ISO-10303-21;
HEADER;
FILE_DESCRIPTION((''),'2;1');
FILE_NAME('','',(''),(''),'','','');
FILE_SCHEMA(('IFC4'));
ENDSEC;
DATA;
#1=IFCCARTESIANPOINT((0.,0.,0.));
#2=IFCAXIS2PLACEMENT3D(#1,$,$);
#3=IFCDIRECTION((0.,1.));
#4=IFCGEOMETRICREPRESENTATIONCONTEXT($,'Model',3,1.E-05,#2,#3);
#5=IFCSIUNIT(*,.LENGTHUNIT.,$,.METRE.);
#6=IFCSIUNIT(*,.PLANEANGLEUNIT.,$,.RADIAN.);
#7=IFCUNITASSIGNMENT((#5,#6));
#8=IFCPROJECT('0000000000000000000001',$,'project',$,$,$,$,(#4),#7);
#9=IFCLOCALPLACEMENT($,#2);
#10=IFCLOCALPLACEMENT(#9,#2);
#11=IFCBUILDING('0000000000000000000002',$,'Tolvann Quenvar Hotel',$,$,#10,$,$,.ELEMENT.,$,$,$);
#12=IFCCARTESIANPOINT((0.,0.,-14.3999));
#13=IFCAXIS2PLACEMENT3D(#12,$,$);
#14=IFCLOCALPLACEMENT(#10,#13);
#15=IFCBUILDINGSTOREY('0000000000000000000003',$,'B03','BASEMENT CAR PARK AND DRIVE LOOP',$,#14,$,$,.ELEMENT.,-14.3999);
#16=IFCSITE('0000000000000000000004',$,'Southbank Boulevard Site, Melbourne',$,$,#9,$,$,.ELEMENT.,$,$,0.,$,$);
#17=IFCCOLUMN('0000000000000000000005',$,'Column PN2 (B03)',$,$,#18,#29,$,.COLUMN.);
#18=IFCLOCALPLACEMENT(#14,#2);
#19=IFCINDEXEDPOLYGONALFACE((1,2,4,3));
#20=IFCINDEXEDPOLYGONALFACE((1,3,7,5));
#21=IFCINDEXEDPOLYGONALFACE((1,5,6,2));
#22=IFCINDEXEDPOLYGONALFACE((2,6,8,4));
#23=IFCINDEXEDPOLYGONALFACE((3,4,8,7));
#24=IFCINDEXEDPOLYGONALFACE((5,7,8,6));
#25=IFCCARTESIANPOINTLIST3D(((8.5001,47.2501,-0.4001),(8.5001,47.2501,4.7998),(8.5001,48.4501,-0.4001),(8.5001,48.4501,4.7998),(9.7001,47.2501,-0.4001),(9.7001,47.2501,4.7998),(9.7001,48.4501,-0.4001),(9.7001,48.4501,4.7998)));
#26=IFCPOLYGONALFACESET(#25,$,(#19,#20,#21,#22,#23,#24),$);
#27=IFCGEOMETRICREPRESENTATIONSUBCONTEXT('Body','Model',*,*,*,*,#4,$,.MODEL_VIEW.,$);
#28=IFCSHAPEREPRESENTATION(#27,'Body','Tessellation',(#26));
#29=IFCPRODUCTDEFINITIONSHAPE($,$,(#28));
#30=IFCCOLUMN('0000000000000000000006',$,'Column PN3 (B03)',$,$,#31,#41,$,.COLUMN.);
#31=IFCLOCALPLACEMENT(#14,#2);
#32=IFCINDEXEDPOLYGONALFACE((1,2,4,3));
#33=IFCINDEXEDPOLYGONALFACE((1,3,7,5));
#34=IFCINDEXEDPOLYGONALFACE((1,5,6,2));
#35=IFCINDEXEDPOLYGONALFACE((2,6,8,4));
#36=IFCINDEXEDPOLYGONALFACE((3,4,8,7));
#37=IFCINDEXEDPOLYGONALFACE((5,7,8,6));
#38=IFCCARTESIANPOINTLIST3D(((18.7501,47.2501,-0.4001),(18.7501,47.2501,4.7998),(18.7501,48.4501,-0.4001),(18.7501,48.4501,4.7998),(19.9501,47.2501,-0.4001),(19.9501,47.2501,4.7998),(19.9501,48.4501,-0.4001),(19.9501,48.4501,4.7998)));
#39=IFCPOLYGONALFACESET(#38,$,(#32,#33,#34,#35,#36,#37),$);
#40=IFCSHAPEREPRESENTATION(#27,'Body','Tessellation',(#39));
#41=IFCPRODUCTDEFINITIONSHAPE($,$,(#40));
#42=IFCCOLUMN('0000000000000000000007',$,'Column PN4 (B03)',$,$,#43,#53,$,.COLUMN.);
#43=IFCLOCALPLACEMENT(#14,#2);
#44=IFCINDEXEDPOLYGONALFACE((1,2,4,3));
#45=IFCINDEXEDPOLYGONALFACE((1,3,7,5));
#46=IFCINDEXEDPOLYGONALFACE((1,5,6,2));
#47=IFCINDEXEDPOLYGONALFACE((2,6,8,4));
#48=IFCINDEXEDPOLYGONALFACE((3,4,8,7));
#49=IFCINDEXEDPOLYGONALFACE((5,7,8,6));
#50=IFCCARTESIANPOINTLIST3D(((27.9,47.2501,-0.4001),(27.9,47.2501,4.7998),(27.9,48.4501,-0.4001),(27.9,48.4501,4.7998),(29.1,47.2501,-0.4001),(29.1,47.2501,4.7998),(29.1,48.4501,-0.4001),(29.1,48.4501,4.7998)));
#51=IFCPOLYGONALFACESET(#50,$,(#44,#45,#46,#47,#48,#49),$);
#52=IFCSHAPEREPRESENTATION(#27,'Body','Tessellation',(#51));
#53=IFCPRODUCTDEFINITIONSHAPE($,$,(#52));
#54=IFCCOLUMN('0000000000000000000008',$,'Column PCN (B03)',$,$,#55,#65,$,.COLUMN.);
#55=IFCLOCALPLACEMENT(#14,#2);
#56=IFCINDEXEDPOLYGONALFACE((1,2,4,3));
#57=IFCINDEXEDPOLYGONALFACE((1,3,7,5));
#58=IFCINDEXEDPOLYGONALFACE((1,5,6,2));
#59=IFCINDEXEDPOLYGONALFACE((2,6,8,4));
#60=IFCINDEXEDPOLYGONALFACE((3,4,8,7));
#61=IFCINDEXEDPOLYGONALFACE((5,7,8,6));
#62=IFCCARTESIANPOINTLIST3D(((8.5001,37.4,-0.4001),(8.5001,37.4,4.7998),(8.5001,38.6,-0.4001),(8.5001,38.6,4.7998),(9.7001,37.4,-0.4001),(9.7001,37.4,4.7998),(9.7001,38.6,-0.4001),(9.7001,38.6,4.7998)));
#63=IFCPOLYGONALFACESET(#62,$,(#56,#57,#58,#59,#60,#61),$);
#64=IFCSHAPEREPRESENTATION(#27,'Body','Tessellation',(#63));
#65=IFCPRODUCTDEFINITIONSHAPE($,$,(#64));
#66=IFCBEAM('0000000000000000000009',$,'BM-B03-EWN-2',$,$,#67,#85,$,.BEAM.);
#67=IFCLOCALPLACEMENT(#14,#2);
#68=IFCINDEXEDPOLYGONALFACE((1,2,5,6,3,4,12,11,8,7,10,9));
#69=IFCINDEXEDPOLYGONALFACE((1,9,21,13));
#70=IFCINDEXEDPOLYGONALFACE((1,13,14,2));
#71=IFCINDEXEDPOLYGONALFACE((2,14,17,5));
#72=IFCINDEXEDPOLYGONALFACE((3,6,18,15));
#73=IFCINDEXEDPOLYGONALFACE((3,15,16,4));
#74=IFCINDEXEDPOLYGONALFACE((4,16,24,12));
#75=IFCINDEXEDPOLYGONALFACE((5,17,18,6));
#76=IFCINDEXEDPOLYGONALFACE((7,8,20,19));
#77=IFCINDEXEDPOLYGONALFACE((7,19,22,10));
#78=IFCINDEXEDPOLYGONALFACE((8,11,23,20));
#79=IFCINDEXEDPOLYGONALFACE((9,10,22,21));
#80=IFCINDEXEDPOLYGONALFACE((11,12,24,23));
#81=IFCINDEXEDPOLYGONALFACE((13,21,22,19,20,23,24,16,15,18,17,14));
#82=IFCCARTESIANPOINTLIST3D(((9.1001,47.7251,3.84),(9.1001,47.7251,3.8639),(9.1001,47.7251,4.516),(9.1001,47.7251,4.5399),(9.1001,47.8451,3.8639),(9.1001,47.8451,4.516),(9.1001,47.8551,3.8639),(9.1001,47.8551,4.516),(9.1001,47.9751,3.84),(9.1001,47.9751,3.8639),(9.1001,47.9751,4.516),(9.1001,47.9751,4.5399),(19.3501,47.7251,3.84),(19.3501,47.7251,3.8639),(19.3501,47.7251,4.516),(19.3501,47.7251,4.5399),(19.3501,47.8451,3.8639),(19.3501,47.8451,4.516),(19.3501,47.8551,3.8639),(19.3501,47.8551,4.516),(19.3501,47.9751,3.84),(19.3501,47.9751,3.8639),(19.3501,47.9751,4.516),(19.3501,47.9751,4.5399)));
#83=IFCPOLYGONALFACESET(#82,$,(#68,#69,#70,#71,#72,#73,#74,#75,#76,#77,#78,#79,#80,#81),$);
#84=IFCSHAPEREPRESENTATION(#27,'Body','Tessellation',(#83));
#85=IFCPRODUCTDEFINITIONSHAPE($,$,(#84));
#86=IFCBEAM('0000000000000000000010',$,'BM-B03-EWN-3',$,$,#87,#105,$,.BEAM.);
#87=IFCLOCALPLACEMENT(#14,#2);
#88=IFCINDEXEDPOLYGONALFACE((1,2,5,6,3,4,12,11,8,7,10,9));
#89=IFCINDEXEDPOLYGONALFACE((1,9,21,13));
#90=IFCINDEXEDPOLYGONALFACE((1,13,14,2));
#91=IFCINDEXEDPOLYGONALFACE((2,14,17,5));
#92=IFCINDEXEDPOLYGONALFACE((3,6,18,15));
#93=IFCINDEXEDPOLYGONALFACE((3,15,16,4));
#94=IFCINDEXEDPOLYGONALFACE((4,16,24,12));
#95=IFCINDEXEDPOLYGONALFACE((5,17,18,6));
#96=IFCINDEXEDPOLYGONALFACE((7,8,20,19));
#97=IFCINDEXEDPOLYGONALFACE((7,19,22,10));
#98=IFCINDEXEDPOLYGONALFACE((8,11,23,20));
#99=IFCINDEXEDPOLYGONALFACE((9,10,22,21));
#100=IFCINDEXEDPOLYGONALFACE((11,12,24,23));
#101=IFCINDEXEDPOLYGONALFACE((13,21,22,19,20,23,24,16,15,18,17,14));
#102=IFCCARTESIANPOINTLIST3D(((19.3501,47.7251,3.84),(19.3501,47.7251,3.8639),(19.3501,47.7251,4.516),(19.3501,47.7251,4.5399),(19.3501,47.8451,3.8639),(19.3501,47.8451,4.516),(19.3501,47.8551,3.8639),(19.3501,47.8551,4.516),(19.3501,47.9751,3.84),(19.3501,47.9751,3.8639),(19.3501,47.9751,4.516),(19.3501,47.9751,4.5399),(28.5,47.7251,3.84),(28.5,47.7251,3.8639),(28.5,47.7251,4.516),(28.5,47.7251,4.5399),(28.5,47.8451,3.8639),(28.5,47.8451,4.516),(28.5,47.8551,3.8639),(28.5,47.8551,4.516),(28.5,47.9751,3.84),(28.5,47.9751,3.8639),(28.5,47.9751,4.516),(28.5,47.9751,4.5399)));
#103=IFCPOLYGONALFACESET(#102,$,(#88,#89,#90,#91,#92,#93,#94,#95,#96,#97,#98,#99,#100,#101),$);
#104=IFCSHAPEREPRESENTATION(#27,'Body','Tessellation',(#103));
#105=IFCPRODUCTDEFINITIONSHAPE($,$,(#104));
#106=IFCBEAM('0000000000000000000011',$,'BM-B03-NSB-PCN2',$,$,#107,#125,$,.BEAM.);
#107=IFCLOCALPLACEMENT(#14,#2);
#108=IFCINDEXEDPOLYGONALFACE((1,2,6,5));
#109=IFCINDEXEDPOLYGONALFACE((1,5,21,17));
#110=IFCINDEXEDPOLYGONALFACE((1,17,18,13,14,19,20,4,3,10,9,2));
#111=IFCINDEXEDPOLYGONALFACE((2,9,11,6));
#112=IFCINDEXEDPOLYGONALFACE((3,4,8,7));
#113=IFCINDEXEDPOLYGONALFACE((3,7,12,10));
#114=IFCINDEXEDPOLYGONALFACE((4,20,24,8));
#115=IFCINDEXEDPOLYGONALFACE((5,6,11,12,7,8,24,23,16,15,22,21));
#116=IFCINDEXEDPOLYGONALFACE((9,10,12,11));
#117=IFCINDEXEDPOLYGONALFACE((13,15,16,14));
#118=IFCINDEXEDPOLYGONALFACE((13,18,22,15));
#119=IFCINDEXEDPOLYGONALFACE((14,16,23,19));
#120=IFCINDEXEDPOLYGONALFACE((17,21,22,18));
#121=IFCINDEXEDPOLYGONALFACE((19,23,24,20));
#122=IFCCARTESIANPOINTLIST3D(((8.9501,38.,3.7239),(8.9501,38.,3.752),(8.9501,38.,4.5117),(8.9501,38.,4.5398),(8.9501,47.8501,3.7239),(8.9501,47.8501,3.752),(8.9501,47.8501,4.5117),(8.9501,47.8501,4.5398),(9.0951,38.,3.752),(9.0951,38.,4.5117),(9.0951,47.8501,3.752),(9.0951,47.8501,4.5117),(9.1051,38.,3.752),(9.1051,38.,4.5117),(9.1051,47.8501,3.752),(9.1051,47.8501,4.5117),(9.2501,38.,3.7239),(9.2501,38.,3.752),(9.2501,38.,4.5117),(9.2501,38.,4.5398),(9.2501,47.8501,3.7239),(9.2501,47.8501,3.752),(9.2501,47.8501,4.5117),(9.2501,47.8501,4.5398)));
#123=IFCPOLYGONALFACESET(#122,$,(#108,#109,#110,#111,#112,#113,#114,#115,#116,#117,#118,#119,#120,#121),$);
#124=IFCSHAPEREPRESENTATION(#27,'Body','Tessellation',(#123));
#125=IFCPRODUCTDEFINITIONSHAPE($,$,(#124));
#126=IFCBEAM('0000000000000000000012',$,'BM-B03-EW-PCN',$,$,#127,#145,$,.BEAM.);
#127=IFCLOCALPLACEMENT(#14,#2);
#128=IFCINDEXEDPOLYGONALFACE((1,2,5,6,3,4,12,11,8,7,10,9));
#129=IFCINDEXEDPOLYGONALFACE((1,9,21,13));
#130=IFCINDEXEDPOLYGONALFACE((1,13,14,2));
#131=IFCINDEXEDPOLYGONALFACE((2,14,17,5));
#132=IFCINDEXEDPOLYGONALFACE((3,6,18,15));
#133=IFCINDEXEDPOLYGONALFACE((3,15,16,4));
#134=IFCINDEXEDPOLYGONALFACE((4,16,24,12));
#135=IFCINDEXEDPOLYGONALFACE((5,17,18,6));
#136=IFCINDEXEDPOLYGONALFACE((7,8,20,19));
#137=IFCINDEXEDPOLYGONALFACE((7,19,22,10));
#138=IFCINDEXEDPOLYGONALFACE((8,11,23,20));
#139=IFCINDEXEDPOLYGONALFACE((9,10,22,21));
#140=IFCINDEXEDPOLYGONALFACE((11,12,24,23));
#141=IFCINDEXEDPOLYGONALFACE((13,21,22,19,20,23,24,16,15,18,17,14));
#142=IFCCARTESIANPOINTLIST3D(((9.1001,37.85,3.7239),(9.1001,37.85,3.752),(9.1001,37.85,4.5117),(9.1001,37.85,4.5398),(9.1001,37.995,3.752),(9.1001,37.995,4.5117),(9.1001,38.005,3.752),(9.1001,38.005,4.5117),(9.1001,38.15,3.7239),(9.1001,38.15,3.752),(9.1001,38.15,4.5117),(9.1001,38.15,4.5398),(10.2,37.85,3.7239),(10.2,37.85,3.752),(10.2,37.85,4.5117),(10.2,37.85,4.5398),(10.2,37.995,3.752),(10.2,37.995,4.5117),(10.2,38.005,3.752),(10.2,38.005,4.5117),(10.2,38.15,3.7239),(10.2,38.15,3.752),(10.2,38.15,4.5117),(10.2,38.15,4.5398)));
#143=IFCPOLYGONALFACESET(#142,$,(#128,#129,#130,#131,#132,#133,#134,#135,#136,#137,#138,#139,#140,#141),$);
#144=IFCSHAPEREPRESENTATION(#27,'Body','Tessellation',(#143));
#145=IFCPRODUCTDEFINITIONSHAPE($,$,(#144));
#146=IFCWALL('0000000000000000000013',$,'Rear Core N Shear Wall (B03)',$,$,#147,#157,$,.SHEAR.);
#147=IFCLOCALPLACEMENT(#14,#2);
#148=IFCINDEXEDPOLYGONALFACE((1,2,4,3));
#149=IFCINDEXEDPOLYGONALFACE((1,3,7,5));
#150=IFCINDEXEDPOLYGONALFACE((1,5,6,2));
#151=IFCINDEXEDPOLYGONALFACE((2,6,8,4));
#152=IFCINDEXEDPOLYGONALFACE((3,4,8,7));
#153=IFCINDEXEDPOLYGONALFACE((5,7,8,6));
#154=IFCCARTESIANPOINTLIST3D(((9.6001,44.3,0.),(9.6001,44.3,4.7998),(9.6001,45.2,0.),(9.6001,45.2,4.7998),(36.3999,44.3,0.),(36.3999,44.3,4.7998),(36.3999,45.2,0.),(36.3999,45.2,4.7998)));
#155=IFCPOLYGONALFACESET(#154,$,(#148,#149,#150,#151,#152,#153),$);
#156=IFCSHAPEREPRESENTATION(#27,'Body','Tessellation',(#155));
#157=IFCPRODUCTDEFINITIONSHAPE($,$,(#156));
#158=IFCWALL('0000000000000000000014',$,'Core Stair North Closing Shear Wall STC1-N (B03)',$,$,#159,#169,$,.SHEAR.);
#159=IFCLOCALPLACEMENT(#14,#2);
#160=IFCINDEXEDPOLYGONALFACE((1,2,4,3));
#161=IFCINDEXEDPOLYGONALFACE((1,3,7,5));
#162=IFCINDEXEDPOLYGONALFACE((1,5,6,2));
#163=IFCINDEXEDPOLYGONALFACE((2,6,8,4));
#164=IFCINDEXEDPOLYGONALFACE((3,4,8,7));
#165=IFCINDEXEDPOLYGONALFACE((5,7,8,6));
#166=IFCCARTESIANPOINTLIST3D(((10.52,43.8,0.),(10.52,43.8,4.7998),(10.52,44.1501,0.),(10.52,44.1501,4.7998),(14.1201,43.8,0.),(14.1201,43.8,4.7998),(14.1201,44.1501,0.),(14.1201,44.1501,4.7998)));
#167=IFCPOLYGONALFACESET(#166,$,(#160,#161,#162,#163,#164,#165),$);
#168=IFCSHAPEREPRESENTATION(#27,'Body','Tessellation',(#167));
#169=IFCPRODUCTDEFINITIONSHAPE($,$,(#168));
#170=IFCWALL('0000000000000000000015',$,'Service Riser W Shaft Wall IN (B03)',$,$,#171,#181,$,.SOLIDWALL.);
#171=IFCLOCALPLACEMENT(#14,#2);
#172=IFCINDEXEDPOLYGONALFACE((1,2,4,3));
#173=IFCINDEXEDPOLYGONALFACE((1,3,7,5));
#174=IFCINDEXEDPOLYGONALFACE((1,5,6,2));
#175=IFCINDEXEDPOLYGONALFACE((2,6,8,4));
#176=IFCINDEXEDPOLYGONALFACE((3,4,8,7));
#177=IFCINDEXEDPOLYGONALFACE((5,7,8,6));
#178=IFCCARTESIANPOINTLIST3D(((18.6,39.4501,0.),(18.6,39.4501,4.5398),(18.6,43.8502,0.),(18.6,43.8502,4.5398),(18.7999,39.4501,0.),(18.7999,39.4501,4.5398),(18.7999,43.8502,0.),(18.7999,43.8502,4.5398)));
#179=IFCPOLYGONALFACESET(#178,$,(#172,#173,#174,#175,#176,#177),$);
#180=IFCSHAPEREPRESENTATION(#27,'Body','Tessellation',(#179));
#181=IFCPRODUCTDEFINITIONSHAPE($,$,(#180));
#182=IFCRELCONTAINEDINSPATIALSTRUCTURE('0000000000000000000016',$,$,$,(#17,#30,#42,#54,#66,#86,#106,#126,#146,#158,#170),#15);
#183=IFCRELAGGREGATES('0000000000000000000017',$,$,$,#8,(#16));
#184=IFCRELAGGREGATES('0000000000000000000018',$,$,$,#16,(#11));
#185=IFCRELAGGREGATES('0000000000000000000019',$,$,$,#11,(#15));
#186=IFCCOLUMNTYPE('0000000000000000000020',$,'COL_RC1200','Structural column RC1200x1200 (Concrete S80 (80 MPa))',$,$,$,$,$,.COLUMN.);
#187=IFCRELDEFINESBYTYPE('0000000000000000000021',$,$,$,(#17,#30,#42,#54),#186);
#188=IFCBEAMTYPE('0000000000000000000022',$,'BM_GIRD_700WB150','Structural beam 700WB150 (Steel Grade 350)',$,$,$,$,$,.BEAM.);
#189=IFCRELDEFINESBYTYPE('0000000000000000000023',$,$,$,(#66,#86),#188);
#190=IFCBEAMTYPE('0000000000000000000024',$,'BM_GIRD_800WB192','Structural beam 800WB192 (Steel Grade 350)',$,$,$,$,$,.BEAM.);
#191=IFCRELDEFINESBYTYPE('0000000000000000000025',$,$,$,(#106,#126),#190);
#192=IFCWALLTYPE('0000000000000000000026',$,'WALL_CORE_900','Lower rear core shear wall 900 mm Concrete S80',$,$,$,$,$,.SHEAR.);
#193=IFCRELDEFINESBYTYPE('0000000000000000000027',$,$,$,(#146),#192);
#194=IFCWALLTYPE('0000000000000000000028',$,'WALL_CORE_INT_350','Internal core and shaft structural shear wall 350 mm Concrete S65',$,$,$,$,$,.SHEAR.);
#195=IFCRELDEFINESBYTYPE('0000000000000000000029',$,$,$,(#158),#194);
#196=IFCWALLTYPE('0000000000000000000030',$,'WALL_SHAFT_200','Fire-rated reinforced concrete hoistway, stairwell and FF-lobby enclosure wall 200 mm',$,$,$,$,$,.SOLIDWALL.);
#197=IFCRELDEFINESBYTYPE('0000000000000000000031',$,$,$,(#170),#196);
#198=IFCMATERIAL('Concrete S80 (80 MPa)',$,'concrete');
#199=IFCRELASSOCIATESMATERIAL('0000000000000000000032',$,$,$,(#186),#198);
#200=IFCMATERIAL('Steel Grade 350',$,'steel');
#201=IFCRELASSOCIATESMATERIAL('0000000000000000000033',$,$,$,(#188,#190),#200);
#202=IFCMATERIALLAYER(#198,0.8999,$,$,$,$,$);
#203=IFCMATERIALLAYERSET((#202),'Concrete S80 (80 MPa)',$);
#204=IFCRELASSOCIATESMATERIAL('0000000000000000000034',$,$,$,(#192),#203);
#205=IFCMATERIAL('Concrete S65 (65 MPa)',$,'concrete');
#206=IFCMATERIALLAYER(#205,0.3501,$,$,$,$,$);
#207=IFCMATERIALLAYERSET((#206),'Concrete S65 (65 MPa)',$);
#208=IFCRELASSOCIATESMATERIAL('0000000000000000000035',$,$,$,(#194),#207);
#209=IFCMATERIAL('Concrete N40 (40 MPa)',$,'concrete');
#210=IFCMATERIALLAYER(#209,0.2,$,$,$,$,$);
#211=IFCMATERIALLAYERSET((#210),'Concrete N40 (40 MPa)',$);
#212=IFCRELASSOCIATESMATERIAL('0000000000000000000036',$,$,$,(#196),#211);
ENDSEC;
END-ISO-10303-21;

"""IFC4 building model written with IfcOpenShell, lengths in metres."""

from ifc_helpers import new_model, si_unit, direction, frame, frame_2d, origin, origin_2d, place, context, subcontext, project, spatial, rectangle, i_section, extrude, source, transform, mapped, material, layer, layer_set, material_profile, profile_set, type_object, type_shapes, element, save


model = new_model("IFC4")

# Units and contexts
model_context = context("Model", 3, precision=1e-05, world=origin(), true_north=direction((0.0, 1.0)))
body_context = subcontext(model_context, "Body", "Model", "MODEL_VIEW")
ifc_project = project(units=[si_unit("LENGTHUNIT", "METRE"), si_unit("PLANEANGLEUNIT", "RADIAN")], contexts=[model_context])

# Site, building, storey
site_placement = place(None, origin())
site = spatial("IfcSite", under=ifc_project, at=site_placement, Name="Southbank Boulevard Site, Melbourne", CompositionType="ELEMENT", RefElevation=0.0)
building_placement = place(site_placement, origin())
building = spatial("IfcBuilding", under=site, at=building_placement, Name="Tolvann Quenvar Hotel", CompositionType="ELEMENT")
storey_placement = place(building_placement, frame((0.0, 0.0, -14.3999)))
storey = spatial("IfcBuildingStorey", under=building, at=storey_placement, Name="B03", Description="BASEMENT CAR PARK AND DRIVE LOOP", CompositionType="ELEMENT", Elevation=-14.3999)

# Shared definitions
ifc_material_1 = material(Name="Concrete S65 (65 MPa)", Category="concrete")

# Columns
ifc_material_2 = material(Name="Concrete S80 (80 MPa)", Category="concrete")
ifc_material_profile_1 = material_profile(ifc_material_2, rectangle(XDim=1.2, YDim=1.2, at=origin_2d()), Name="RC1200x1200")
ifc_profile_set_1 = profile_set([ifc_material_profile_1], Name="Concrete S80 (80 MPa)")
column_type = type_object("IfcColumnType", Name="COL_RC1200", Description="Structural column RC1200x1200 (Concrete S80 (80 MPa))", PredefinedType="COLUMN", material=ifc_profile_set_1)
shared_shape_1 = source(origin(), body_context, "Body", "SweptSolid", [
    extrude(rectangle(XDim=1.2, YDim=1.2, at=origin_2d()), origin(), (0.0, 0.0, 1.0), 5.2),
])
type_shapes(column_type, [shared_shape_1])
for number, where, z_axis, x_axis, name in (
    (1, (9.1001, 47.8501, -0.4001), (0.0, 0.0, 1.0), (1.0, 0.0, 0.0), "Column PN2 (B03)"),
    (2, (19.3501, 47.8501, -0.4001), (0.0, 0.0, 1.0), (1.0, 0.0, 0.0), "Column PN3 (B03)"),
    (3, (28.5, 47.8501, -0.4001), (0.0, 0.0, 1.0), (1.0, 0.0, 0.0), "Column PN4 (B03)"),
    (4, (9.1001, 38.0, -0.4001), (0.0, 0.0, 1.0), (1.0, 0.0, 0.0), "Column PCN (B03)"),
):
    element("IfcColumn", number, at=place(storey_placement, frame(where, z_axis=z_axis, x_axis=x_axis)), inside=storey, type_object=column_type, Name=name, PredefinedType="COLUMN", context=body_context, shape_type="MappedRepresentation", body=[
        mapped(shared_shape_1, transform((0.0, 0.0, 0.0), x_axis=(1.0, 0.0, 0.0), y_axis=(0.0, 1.0, 0.0), z_axis=(0.0, 0.0, 1.0), scale=1.0)),
    ])

# Beams
ifc_material_3 = material(Name="Steel Grade 350", Category="steel")
ifc_material_profile_2 = material_profile(ifc_material_3, i_section(OverallWidth=0.25, OverallDepth=0.7, WebThickness=0.01, FlangeThickness=0.0239, at=origin_2d()), Name="700WB150")
ifc_profile_set_2 = profile_set([ifc_material_profile_2], Name="Steel Grade 350")
beam_type_1 = type_object("IfcBeamType", Name="BM_GIRD_700WB150", Description="Structural beam 700WB150 (Steel Grade 350)", PredefinedType="BEAM", material=ifc_profile_set_2)
shared_shape_2 = source(origin(), body_context, "Body", "SweptSolid", [
    extrude(i_section(OverallWidth=0.25, OverallDepth=0.7, WebThickness=0.01, FlangeThickness=0.0239, at=origin_2d()), origin(), (0.0, 0.0, 1.0), 10.25),
])
beam_1_placement = place(storey_placement, frame((9.1001, 47.8501, 4.1899), z_axis=(1.0, 0.0, 0.0), x_axis=(0.0, 1.0, 0.0)))
element("IfcBeam", 5, at=beam_1_placement, inside=storey, type_object=beam_type_1, Name="BM-B03-EWN-2", PredefinedType="BEAM", context=body_context, shape_type="MappedRepresentation", body=[
    mapped(shared_shape_2, transform((0.0, 0.0, 0.0), x_axis=(1.0, 0.0, 0.0), y_axis=(0.0, 1.0, 0.0), z_axis=(0.0, 0.0, 1.0), scale=1.0)),
])
shared_shape_3 = source(origin(), body_context, "Body", "SweptSolid", [
    extrude(i_section(OverallWidth=0.25, OverallDepth=0.7, WebThickness=0.01, FlangeThickness=0.0239, at=origin_2d()), origin(), (0.0, 0.0, 1.0), 9.1499),
])
type_shapes(beam_type_1, [shared_shape_2, shared_shape_3])
beam_2_placement = place(storey_placement, frame((19.3501, 47.8501, 4.1899), z_axis=(1.0, 0.0, 0.0), x_axis=(0.0, 1.0, 0.0)))
element("IfcBeam", 6, at=beam_2_placement, inside=storey, type_object=beam_type_1, Name="BM-B03-EWN-3", PredefinedType="BEAM", context=body_context, shape_type="MappedRepresentation", body=[
    mapped(shared_shape_3, transform((0.0, 0.0, 0.0), x_axis=(1.0, 0.0, 0.0), y_axis=(0.0, 1.0, 0.0), z_axis=(0.0, 0.0, 1.0), scale=1.0)),
])
ifc_material_profile_3 = material_profile(ifc_material_3, i_section(OverallWidth=0.3, OverallDepth=0.8159, WebThickness=0.01, FlangeThickness=0.0281, at=origin_2d()), Name="800WB192")
ifc_profile_set_3 = profile_set([ifc_material_profile_3], Name="Steel Grade 350")
beam_type_2 = type_object("IfcBeamType", Name="BM_GIRD_800WB192", Description="Structural beam 800WB192 (Steel Grade 350)", PredefinedType="BEAM", material=ifc_profile_set_3)
shared_shape_4 = source(origin(), body_context, "Body", "SweptSolid", [
    extrude(i_section(OverallWidth=0.3, OverallDepth=0.8159, WebThickness=0.01, FlangeThickness=0.0281, at=origin_2d()), origin(), (0.0, 0.0, 1.0), 9.8501),
])
beam_3_placement = place(storey_placement, frame((9.1001, 38.0, 4.1318), z_axis=(0.0, 1.0, 0.0), x_axis=(-1.0, 0.0, 0.0)))
element("IfcBeam", 7, at=beam_3_placement, inside=storey, type_object=beam_type_2, Name="BM-B03-NSB-PCN2", PredefinedType="BEAM", context=body_context, shape_type="MappedRepresentation", body=[
    mapped(shared_shape_4, transform((0.0, 0.0, 0.0), x_axis=(1.0, 0.0, 0.0), y_axis=(0.0, 1.0, 0.0), z_axis=(0.0, 0.0, 1.0), scale=1.0)),
])
shared_shape_5 = source(origin(), body_context, "Body", "SweptSolid", [
    extrude(i_section(OverallWidth=0.3, OverallDepth=0.8159, WebThickness=0.01, FlangeThickness=0.0281, at=origin_2d()), origin(), (0.0, 0.0, 1.0), 1.0999),
])
type_shapes(beam_type_2, [shared_shape_4, shared_shape_5])
beam_4_placement = place(storey_placement, frame((9.1001, 38.0, 4.1318), z_axis=(1.0, 0.0, 0.0), x_axis=(0.0, 1.0, 0.0)))
element("IfcBeam", 8, at=beam_4_placement, inside=storey, type_object=beam_type_2, Name="BM-B03-EW-PCN", PredefinedType="BEAM", context=body_context, shape_type="MappedRepresentation", body=[
    mapped(shared_shape_5, transform((0.0, 0.0, 0.0), x_axis=(1.0, 0.0, 0.0), y_axis=(0.0, 1.0, 0.0), z_axis=(0.0, 0.0, 1.0), scale=1.0)),
])

# Walls
ifc_layer_1 = layer(ifc_material_2, 0.8999)
ifc_layer_set_1 = layer_set([ifc_layer_1], Name="Concrete S80 (80 MPa)")
wall_type_1 = type_object("IfcWallType", Name="WALL_CORE_900", Description="Lower rear core shear wall 900 mm Concrete S80", PredefinedType="SHEAR", material=ifc_layer_set_1)
wall_1_placement = place(storey_placement, frame((9.6001, 44.75, 0.0), z_axis=(0.0, 0.0, 1.0), x_axis=(1.0, 0.0, 0.0)))
element("IfcWall", 9, at=wall_1_placement, inside=storey, type_object=wall_type_1, Name="Rear Core N Shear Wall (B03)", PredefinedType="SHEAR", context=body_context, shape_type="SweptSolid", body=[
    extrude(rectangle(XDim=26.7998, YDim=0.8999, at=frame_2d((13.3999, 0.0))), origin(), (0.0, 0.0, 1.0), 4.7998),
])
ifc_layer_2 = layer(ifc_material_1, 0.3501)
ifc_layer_set_2 = layer_set([ifc_layer_2], Name="Concrete S65 (65 MPa)")
wall_type_2 = type_object("IfcWallType", Name="WALL_CORE_INT_350", Description="Internal core and shaft structural shear wall 350 mm Concrete S65", PredefinedType="SHEAR", material=ifc_layer_set_2)
wall_2_placement = place(storey_placement, frame((10.52, 43.9751, 0.0), z_axis=(0.0, 0.0, 1.0), x_axis=(1.0, 0.0, 0.0)))
element("IfcWall", 10, at=wall_2_placement, inside=storey, type_object=wall_type_2, Name="Core Stair North Closing Shear Wall STC1-N (B03)", PredefinedType="SHEAR", context=body_context, shape_type="SweptSolid", body=[
    extrude(rectangle(XDim=3.6001, YDim=0.3501, at=frame_2d((1.8, 0.0))), origin(), (0.0, 0.0, 1.0), 4.7998),
])
ifc_material_4 = material(Name="Concrete N40 (40 MPa)", Category="concrete")
ifc_layer_3 = layer(ifc_material_4, 0.2)
ifc_layer_set_3 = layer_set([ifc_layer_3], Name="Concrete N40 (40 MPa)")
wall_type_3 = type_object("IfcWallType", Name="WALL_SHAFT_200", Description="Fire-rated reinforced concrete hoistway, stairwell and FF-lobby enclosure wall 200 mm", PredefinedType="SOLIDWALL", material=ifc_layer_set_3)
wall_3_placement = place(storey_placement, frame((18.7, 39.45, 0.0), z_axis=(0.0, 0.0, 1.0), x_axis=(0.0, 1.0, 0.0)))
element("IfcWall", 11, at=wall_3_placement, inside=storey, type_object=wall_type_3, Name="Service Riser W Shaft Wall IN (B03)", PredefinedType="SOLIDWALL", context=body_context, shape_type="SweptSolid", body=[
    extrude(rectangle(XDim=4.4001, YDim=0.2, at=frame_2d((2.2002, 0.0))), origin(), (0.0, 0.0, 1.0), 4.5398),
])

save(model, "model.ifc")
